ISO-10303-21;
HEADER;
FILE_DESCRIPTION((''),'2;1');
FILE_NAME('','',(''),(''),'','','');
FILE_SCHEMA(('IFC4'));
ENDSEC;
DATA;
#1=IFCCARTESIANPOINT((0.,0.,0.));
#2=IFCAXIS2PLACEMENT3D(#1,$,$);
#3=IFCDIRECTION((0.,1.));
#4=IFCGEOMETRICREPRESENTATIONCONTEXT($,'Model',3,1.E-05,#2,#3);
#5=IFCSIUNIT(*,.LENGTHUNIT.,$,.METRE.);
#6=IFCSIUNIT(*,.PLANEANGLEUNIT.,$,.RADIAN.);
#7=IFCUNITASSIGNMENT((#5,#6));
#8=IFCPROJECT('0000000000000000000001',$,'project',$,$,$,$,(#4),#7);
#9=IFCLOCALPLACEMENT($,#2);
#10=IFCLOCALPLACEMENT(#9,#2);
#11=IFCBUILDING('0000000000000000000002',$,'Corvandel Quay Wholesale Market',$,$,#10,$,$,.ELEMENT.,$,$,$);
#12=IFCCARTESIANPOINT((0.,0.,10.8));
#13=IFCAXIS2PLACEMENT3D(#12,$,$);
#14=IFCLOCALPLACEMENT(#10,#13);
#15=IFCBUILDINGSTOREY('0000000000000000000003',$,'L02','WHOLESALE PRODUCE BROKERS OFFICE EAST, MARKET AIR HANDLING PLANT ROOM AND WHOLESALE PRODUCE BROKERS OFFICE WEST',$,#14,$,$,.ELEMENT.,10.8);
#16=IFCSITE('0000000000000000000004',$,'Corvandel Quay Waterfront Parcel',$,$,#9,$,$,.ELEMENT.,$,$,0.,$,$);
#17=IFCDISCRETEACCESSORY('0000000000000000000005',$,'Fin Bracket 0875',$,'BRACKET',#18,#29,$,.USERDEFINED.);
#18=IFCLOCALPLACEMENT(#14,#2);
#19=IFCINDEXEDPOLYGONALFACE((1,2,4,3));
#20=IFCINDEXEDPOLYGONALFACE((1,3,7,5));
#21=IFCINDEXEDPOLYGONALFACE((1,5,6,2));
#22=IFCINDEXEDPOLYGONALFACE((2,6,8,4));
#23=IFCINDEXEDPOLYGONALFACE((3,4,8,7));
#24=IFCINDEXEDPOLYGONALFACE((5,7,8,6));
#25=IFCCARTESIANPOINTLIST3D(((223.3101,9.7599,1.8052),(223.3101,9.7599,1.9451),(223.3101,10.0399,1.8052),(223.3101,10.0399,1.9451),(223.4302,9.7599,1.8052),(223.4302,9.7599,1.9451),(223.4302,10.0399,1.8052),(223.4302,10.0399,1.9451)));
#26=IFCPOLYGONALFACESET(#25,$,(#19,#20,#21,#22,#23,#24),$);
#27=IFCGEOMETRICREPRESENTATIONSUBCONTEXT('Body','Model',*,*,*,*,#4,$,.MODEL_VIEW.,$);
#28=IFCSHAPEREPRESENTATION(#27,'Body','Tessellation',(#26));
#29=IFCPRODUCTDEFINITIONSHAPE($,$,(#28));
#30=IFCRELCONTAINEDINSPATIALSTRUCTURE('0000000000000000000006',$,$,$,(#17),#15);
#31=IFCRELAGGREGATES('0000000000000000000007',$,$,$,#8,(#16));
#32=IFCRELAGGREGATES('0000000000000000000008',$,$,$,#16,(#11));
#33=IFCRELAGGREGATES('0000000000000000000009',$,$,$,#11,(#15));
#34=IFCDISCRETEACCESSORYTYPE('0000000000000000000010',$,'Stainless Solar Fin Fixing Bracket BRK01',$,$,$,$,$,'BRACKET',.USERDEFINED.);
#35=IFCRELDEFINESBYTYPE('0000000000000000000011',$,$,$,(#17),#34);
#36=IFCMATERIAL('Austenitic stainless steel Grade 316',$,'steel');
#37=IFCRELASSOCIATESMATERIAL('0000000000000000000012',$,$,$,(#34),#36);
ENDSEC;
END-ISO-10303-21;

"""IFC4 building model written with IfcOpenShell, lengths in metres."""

from ifc_helpers import new_model, si_unit, direction, frame, origin, origin_2d, place, context, subcontext, project, spatial, rectangle, extrude, material, type_object, element, save


model = new_model("IFC4")

# Units and contexts
model_context = context("Model", 3, precision=1e-05, world=origin(), true_north=direction((0.0, 1.0)))
body_context = subcontext(model_context, "Body", "Model", "MODEL_VIEW")
ifc_project = project(units=[si_unit("LENGTHUNIT", "METRE"), si_unit("PLANEANGLEUNIT", "RADIAN")], contexts=[model_context])

# Site, building, storey
site_placement = place(None, origin())
site = spatial("IfcSite", under=ifc_project, at=site_placement, Name="Corvandel Quay Waterfront Parcel", CompositionType="ELEMENT", RefElevation=0.0)
building_placement = place(site_placement, origin())
building = spatial("IfcBuilding", under=site, at=building_placement, Name="Corvandel Quay Wholesale Market", CompositionType="ELEMENT")
storey_placement = place(building_placement, frame((0.0, 0.0, 10.8)))
storey = spatial("IfcBuildingStorey", under=building, at=storey_placement, Name="L02", Description="WHOLESALE PRODUCE BROKERS OFFICE EAST, MARKET AIR HANDLING PLANT ROOM AND WHOLESALE PRODUCE BROKERS OFFICE WEST", CompositionType="ELEMENT", Elevation=10.8)

# Discrete accessory
ifc_material_1 = material(Name="Austenitic stainless steel Grade 316", Category="steel")
discrete_accessory_type = type_object("IfcDiscreteAccessoryType", Name="Stainless Solar Fin Fixing Bracket BRK01", ElementType="BRACKET", PredefinedType="USERDEFINED", material=ifc_material_1)
for number, where, z_axis, x_axis, name in (
    (1, (223.3701, 9.8999, 1.8052), (0.0, 0.0, 1.0), (0.0, 1.0, 0.0), "Fin Bracket 0875"),
):
    element("IfcDiscreteAccessory", number, at=place(storey_placement, frame(where, z_axis=z_axis, x_axis=x_axis)), inside=storey, type_object=discrete_accessory_type, Name=name, ObjectType="BRACKET", PredefinedType="USERDEFINED", context=body_context, shape_type="SweptSolid", body=[
        extrude(rectangle(XDim=0.28, YDim=0.1201, at=origin_2d()), origin(), (0.0, 0.0, 1.0), 0.1399),
    ])

save(model, "model.ifc")
